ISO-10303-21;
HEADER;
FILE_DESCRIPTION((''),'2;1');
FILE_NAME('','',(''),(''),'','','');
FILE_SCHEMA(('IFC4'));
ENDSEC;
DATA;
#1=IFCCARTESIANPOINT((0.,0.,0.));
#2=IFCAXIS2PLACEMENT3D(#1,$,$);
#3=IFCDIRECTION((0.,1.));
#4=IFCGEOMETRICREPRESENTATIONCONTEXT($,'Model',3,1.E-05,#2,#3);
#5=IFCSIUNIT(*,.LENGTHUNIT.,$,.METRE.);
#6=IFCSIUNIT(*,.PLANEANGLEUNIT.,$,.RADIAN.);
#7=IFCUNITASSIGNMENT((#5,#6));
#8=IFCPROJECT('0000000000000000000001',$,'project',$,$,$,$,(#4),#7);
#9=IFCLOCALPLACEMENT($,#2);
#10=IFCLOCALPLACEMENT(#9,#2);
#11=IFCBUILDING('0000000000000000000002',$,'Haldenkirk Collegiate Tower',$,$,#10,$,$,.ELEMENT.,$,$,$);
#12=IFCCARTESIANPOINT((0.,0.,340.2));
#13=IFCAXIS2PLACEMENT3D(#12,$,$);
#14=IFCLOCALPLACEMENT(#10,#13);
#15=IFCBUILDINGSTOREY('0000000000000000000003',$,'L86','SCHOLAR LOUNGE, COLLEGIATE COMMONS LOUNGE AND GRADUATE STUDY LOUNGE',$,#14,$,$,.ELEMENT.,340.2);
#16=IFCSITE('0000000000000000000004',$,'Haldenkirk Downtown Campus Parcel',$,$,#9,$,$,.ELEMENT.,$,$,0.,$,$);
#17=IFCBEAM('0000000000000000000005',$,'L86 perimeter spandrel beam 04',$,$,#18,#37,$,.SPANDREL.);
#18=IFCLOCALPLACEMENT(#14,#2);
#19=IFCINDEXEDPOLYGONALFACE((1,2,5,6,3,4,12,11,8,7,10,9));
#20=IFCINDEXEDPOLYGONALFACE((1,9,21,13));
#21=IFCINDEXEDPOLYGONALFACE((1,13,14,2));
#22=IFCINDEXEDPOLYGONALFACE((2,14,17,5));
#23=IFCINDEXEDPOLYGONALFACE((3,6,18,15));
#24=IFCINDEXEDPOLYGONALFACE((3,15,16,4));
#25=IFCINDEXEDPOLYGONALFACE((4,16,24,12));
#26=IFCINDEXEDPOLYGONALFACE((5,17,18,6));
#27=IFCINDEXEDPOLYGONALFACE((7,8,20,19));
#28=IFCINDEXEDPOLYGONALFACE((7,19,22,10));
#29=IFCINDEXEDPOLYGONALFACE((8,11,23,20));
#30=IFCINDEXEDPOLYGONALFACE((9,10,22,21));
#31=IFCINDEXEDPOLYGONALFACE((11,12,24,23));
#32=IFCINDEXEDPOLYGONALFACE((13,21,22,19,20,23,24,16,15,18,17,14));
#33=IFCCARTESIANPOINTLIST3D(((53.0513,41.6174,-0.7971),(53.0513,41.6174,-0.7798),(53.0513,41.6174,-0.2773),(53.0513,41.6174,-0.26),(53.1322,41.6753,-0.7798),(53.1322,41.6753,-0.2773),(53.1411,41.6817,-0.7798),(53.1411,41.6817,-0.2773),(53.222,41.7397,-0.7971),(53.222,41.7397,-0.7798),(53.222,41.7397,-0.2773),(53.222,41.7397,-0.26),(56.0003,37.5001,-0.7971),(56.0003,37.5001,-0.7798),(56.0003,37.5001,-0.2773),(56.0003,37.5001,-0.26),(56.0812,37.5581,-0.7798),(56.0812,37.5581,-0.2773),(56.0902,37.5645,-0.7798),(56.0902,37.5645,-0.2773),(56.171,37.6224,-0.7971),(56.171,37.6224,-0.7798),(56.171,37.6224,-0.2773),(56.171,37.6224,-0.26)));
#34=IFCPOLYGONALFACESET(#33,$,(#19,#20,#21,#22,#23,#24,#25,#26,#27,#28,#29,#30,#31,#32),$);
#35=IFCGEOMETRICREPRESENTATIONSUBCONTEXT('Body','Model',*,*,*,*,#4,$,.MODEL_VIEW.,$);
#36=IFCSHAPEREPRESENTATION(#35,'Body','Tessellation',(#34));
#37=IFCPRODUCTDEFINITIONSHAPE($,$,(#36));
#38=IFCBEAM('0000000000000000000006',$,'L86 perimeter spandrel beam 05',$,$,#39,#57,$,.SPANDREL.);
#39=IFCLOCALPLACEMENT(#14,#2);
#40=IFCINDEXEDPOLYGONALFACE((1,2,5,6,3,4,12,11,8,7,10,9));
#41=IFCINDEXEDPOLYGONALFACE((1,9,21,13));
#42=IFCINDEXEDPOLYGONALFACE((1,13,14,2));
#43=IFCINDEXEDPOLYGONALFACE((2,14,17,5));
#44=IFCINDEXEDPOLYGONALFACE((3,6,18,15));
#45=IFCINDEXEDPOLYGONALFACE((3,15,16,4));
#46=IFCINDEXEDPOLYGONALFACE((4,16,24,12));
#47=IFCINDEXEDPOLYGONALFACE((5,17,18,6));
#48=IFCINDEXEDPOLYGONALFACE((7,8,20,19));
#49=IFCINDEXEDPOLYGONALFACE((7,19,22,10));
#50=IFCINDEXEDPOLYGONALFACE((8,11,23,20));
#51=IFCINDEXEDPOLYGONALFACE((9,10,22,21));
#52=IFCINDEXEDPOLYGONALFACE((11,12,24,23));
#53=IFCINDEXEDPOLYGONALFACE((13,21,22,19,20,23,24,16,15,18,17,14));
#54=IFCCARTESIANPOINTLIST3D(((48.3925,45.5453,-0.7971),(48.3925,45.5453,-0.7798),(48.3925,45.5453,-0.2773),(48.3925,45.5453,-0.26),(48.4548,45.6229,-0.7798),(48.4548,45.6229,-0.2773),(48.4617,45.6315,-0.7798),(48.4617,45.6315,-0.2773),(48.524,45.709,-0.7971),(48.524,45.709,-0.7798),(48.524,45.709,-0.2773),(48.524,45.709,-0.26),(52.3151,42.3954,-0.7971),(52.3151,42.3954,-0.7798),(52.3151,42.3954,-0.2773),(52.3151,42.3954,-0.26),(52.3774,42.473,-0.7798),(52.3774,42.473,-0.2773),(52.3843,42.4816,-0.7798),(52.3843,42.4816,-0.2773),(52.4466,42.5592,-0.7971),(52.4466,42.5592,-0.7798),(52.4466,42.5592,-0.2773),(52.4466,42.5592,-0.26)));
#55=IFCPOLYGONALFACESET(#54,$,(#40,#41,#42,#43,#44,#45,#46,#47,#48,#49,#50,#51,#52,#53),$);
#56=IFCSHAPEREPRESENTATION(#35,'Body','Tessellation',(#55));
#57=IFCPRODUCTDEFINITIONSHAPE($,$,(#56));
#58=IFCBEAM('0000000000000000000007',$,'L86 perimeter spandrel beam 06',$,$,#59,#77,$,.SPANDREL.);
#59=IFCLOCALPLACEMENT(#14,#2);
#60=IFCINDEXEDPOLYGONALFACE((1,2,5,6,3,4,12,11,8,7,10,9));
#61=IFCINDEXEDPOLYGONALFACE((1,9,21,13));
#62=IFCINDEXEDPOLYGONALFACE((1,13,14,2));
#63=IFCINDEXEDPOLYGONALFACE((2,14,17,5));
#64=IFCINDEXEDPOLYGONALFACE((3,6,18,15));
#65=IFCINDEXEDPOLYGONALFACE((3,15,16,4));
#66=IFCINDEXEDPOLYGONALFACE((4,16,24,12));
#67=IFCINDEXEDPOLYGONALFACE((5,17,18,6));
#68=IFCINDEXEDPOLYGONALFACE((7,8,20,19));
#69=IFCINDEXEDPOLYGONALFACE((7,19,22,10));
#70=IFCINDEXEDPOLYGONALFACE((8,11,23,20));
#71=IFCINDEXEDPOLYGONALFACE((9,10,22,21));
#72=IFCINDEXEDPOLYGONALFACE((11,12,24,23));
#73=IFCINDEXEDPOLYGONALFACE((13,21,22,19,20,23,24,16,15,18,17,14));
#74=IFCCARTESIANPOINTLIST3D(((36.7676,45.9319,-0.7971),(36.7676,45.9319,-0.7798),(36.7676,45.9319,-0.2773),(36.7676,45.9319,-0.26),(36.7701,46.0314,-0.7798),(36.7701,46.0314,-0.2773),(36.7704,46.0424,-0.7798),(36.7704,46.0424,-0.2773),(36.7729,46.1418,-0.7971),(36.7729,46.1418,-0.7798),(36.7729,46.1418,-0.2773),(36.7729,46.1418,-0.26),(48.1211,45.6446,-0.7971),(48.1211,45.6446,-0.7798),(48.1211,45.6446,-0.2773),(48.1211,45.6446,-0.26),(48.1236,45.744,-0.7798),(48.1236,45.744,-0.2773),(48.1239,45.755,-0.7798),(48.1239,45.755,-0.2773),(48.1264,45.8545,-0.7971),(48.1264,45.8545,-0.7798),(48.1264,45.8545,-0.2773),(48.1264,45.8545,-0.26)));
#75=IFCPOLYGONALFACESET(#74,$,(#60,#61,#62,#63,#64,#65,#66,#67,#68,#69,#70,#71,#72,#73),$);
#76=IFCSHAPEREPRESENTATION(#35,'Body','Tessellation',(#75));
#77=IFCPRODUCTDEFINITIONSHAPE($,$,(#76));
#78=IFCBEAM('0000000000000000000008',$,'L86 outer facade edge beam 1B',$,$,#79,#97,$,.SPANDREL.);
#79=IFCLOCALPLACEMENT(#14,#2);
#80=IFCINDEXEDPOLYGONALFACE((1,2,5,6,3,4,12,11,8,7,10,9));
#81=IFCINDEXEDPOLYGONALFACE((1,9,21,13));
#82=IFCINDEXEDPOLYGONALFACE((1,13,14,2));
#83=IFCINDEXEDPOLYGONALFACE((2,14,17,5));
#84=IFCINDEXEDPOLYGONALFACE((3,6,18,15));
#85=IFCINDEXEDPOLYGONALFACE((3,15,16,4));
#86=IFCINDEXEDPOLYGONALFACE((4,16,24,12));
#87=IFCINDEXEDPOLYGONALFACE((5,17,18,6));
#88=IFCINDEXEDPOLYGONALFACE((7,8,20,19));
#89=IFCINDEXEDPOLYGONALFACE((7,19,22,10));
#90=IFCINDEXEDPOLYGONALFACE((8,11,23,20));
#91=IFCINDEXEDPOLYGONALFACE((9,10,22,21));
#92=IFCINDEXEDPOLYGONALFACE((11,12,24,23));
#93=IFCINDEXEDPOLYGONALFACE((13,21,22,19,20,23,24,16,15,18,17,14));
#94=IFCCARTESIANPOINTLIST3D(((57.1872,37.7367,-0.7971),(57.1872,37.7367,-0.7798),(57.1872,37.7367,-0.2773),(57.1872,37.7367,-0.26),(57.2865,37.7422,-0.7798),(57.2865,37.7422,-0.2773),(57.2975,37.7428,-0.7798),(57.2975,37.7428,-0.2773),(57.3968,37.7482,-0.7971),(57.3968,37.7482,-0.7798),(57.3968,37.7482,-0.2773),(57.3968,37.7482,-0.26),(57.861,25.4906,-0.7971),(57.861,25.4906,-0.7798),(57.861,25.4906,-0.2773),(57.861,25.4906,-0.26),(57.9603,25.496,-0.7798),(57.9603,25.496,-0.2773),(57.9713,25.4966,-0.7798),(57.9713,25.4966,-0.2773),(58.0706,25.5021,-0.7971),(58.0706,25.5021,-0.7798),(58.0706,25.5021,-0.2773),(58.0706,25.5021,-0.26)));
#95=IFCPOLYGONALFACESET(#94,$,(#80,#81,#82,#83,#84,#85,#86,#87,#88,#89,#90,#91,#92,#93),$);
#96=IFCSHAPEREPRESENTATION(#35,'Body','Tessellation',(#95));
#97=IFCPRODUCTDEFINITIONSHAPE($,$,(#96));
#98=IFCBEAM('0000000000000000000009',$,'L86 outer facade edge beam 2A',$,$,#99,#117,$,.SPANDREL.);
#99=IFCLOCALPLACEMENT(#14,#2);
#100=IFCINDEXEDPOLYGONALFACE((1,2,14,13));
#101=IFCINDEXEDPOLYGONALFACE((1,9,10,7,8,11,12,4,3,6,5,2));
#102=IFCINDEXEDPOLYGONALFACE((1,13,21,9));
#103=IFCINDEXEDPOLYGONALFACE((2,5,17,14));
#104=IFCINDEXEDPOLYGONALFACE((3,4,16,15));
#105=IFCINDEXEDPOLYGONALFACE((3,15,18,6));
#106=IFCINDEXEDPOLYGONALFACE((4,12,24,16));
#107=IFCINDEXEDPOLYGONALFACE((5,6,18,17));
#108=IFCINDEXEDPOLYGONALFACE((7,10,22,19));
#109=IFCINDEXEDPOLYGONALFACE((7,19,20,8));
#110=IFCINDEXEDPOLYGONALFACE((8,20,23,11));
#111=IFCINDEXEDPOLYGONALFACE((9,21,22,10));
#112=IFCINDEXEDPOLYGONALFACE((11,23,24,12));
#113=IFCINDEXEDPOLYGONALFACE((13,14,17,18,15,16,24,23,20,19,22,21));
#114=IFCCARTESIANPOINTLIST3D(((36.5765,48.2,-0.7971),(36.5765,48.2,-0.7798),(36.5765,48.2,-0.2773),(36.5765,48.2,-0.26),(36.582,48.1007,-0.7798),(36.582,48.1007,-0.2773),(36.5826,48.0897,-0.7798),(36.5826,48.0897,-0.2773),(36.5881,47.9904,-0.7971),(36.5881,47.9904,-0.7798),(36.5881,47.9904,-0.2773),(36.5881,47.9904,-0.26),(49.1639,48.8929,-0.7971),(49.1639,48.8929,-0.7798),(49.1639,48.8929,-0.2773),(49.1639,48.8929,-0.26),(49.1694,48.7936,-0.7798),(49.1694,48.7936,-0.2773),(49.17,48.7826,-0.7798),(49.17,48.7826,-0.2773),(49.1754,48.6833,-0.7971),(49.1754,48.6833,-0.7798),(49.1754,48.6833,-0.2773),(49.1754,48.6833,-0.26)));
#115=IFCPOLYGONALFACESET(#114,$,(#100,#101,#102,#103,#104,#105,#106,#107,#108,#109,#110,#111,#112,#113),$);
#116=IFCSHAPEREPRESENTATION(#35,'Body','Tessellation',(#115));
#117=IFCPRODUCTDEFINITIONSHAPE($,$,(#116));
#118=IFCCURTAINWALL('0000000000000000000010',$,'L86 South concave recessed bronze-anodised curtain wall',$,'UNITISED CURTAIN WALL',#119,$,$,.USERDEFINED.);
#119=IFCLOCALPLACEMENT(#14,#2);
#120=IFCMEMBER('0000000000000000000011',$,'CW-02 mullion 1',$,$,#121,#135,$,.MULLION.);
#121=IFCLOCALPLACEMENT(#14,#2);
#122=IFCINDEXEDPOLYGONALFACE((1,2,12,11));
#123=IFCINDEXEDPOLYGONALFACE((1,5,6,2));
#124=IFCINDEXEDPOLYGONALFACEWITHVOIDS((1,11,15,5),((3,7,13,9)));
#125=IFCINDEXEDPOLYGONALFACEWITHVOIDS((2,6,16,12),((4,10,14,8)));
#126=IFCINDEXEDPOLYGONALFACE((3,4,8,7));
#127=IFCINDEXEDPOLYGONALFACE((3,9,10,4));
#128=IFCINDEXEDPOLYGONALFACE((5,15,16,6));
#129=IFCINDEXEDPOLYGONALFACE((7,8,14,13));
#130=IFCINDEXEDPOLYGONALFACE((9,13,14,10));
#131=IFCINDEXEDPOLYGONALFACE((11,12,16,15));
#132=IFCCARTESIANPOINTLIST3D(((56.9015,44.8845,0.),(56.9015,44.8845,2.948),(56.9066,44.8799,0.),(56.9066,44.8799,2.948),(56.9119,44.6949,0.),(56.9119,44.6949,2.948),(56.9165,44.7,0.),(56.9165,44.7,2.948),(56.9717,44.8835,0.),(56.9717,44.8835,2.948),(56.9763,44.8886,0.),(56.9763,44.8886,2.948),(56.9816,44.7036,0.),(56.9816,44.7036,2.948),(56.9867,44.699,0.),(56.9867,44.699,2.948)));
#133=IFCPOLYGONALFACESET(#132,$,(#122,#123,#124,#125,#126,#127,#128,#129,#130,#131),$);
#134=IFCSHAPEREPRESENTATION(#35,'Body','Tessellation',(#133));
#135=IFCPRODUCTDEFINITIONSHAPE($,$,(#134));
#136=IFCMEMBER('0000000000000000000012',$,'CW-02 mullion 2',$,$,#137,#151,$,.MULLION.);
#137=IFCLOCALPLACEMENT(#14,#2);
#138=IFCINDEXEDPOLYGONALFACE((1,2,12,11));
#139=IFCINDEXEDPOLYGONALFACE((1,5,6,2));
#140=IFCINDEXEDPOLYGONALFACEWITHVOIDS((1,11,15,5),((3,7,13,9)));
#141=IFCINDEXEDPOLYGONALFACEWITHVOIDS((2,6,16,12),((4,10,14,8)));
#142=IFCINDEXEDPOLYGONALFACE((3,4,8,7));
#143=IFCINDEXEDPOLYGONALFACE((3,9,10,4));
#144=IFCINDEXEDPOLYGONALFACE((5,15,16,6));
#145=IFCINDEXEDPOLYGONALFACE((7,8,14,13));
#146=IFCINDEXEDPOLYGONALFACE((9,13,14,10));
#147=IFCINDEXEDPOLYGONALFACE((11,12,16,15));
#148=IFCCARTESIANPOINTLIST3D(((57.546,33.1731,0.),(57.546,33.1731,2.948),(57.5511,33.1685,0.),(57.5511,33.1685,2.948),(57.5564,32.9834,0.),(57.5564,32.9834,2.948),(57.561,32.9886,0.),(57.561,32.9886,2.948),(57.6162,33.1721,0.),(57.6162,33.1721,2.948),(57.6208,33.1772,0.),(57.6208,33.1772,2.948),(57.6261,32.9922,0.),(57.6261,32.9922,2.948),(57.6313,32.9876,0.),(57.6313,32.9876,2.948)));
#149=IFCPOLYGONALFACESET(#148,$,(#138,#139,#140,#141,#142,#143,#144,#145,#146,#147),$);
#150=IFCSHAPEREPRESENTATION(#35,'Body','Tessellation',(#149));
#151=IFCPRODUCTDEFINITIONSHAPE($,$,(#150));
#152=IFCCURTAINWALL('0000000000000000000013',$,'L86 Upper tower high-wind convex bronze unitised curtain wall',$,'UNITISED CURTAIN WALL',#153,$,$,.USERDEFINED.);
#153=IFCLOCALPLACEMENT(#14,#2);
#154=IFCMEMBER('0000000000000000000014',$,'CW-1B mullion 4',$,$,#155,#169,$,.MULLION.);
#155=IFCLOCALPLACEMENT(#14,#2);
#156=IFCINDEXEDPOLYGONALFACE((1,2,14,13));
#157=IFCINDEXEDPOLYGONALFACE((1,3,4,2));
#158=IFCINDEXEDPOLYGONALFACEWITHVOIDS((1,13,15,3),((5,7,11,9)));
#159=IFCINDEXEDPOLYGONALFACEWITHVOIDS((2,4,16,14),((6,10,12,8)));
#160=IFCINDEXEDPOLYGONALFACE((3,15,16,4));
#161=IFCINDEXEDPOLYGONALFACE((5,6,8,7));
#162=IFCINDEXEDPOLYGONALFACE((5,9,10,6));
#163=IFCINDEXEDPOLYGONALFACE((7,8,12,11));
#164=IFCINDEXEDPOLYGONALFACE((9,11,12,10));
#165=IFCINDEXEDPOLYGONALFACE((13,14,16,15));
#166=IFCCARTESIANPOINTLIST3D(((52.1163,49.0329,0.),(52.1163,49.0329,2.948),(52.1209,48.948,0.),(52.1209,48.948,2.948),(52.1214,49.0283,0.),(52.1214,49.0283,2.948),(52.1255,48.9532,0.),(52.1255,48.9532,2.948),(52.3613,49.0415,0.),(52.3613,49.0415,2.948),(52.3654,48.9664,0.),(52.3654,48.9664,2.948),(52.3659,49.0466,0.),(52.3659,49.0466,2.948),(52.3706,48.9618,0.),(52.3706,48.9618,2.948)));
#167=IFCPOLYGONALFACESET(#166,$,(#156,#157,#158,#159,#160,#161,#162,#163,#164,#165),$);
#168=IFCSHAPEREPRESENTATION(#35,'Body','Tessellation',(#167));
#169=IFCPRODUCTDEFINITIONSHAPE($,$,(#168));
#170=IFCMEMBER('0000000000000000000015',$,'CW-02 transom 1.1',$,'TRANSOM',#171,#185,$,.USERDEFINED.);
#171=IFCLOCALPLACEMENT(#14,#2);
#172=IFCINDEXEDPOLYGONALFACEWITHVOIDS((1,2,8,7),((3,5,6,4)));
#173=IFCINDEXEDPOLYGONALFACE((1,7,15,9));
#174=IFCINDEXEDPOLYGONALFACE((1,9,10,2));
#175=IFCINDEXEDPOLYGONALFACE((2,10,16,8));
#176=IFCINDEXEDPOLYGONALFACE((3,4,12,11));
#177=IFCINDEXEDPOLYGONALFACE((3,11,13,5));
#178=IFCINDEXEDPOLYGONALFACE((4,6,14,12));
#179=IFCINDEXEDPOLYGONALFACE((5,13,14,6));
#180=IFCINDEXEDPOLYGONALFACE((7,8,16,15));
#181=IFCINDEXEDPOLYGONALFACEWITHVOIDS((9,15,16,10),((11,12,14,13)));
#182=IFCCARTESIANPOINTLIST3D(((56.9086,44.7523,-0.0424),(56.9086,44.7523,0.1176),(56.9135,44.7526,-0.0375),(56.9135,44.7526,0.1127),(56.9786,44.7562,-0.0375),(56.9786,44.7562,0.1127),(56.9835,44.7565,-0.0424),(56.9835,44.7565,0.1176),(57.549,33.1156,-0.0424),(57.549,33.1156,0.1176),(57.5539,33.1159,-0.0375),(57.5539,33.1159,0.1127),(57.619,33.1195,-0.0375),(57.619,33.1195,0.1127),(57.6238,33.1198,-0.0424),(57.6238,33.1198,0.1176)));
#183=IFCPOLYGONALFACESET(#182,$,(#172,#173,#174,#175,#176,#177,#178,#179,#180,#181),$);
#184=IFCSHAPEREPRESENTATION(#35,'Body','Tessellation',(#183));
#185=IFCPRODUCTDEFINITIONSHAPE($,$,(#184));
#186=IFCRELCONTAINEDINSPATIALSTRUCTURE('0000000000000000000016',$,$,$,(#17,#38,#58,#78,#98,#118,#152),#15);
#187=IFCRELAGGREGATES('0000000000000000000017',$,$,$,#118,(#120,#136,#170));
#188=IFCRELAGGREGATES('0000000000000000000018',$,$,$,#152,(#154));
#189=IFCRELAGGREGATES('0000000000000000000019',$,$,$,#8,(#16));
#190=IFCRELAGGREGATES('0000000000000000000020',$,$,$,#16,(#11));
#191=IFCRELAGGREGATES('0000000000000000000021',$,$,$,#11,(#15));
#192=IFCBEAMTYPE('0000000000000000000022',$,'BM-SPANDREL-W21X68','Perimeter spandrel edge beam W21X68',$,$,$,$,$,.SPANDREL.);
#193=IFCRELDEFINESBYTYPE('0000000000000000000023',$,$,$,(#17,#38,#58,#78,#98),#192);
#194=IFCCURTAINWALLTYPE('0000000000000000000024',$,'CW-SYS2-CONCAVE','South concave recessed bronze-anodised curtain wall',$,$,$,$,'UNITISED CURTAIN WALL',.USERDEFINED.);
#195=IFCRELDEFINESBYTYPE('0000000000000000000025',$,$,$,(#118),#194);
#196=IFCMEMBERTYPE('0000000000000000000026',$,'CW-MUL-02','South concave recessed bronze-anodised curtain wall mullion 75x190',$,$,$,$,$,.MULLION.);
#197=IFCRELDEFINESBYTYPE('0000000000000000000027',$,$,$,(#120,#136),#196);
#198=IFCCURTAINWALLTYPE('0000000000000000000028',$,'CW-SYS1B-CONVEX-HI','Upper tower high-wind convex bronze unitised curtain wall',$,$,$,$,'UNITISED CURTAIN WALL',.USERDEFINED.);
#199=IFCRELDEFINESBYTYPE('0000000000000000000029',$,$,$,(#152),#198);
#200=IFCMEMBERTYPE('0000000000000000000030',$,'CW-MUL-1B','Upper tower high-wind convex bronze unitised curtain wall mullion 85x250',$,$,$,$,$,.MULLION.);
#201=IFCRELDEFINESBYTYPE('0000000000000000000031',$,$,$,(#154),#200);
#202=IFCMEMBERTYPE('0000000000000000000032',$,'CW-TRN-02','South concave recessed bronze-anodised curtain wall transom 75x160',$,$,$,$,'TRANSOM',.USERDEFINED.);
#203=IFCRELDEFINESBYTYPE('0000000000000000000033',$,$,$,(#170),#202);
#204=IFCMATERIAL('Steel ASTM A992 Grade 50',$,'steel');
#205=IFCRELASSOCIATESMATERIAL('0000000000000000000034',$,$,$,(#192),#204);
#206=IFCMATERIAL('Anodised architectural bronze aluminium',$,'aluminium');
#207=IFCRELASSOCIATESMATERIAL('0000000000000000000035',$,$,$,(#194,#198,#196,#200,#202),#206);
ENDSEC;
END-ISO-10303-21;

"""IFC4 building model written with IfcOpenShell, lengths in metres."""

from ifc_helpers import new_model, si_unit, direction, frame, origin, origin_2d, place, context, subcontext, project, spatial, hollow_rectangle, i_section, extrude, material, material_profile, profile_set, type_object, element, aggregate, save


model = new_model("IFC4")

# Units and contexts
model_context = context("Model", 3, precision=1e-05, world=origin(), true_north=direction((0.0, 1.0)))
body_context = subcontext(model_context, "Body", "Model", "MODEL_VIEW")
ifc_project = project(units=[si_unit("LENGTHUNIT", "METRE"), si_unit("PLANEANGLEUNIT", "RADIAN")], contexts=[model_context])

# Site, building, storey
site_placement = place(None, origin())
site = spatial("IfcSite", under=ifc_project, at=site_placement, Name="Haldenkirk Downtown Campus Parcel", CompositionType="ELEMENT", RefElevation=0.0)
building_placement = place(site_placement, origin())
building = spatial("IfcBuilding", under=site, at=building_placement, Name="Haldenkirk Collegiate Tower", CompositionType="ELEMENT")
storey_placement = place(building_placement, frame((0.0, 0.0, 340.2)))
storey = spatial("IfcBuildingStorey", under=building, at=storey_placement, Name="L86", Description="SCHOLAR LOUNGE, COLLEGIATE COMMONS LOUNGE AND GRADUATE STUDY LOUNGE", CompositionType="ELEMENT", Elevation=340.2)

# Beams
ifc_material_1 = material(Name="Steel ASTM A992 Grade 50", Category="steel")
ifc_material_profile_1 = material_profile(ifc_material_1, i_section(OverallWidth=0.21, OverallDepth=0.5371, WebThickness=0.011, FlangeThickness=0.0173, at=origin_2d()), Name="W21X68")
ifc_profile_set_1 = profile_set([ifc_material_profile_1], Name="Steel ASTM A992 Grade 50")
beam_type_1 = type_object("IfcBeamType", Name="BM-SPANDREL-W21X68", Description="Perimeter spandrel edge beam W21X68", PredefinedType="SPANDREL", material=ifc_profile_set_1)
beam_1_placement = place(storey_placement, frame((56.0857, 37.5613, -0.5286), z_axis=(-0.5823, 0.812974, 0.0), x_axis=(-0.812974, -0.5823, 0.0)))
element("IfcBeam", 1, at=beam_1_placement, inside=storey, type_object=beam_type_1, Name="L86 perimeter spandrel beam 04", PredefinedType="SPANDREL", context=body_context, shape_type="SweptSolid", body=[
    extrude(i_section(OverallWidth=0.21, OverallDepth=0.5371, WebThickness=0.011, FlangeThickness=0.0173, at=origin_2d()), origin(), (0.0, 0.0, 1.0), 5.0645),
])
beam_2_placement = place(storey_placement, frame((52.3809, 42.4773, -0.5286), z_axis=(-0.779722, 0.626126, 0.0), x_axis=(-0.626126, -0.779722, 0.0)))
element("IfcBeam", 2, at=beam_2_placement, inside=storey, type_object=beam_type_1, Name="L86 perimeter spandrel beam 05", PredefinedType="SPANDREL", context=body_context, shape_type="SweptSolid", body=[
    extrude(i_section(OverallWidth=0.21, OverallDepth=0.5371, WebThickness=0.011, FlangeThickness=0.0173, at=origin_2d()), origin(), (0.0, 0.0, 1.0), 5.0308),
])
beam_3_placement = place(storey_placement, frame((48.1238, 45.7495, -0.5286), z_axis=(-0.99968, 0.025302, 0.0), x_axis=(-0.025302, -0.99968, 0.0)))
element("IfcBeam", 3, at=beam_3_placement, inside=storey, type_object=beam_type_1, Name="L86 perimeter spandrel beam 06", PredefinedType="SPANDREL", context=body_context, shape_type="SweptSolid", body=[
    extrude(i_section(OverallWidth=0.21, OverallDepth=0.5371, WebThickness=0.011, FlangeThickness=0.0173, at=origin_2d()), origin(), (0.0, 0.0, 1.0), 11.3572),
])
beam_4_placement = place(storey_placement, frame((57.9658, 25.4963, -0.5286), z_axis=(-0.054941, 0.99849, 0.0), x_axis=(-0.99849, -0.054941, 0.0)))
element("IfcBeam", 4, at=beam_4_placement, inside=storey, type_object=beam_type_1, Name="L86 outer facade edge beam 1B", PredefinedType="SPANDREL", context=body_context, shape_type="SweptSolid", body=[
    extrude(i_section(OverallWidth=0.21, OverallDepth=0.5371, WebThickness=0.011, FlangeThickness=0.0173, at=origin_2d()), origin(), (0.0, 0.0, 1.0), 12.2646),
])
beam_5_placement = place(storey_placement, frame((49.1697, 48.7881, -0.5286), z_axis=(-0.998488, -0.054962, 0.0), x_axis=(0.054962, -0.998488, 0.0)))
element("IfcBeam", 5, at=beam_5_placement, inside=storey, type_object=beam_type_1, Name="L86 outer facade edge beam 2A", PredefinedType="SPANDREL", context=body_context, shape_type="SweptSolid", body=[
    extrude(i_section(OverallWidth=0.21, OverallDepth=0.5371, WebThickness=0.011, FlangeThickness=0.0173, at=origin_2d()), origin(), (0.0, 0.0, 1.0), 12.6064),
])

# Curtain wall, members
ifc_material_2 = material(Name="Anodised architectural bronze aluminium", Category="aluminium")
curtain_wall_type_1 = type_object("IfcCurtainWallType", Name="CW-SYS2-CONCAVE", Description="South concave recessed bronze-anodised curtain wall", ElementType="UNITISED CURTAIN WALL", PredefinedType="USERDEFINED", material=ifc_material_2)
curtain_wall_1_placement = place(storey_placement, origin())
curtain_wall_1 = element("IfcCurtainWall", 6, at=curtain_wall_1_placement, inside=storey, type_object=curtain_wall_type_1, Name="L86 South concave recessed bronze-anodised curtain wall", ObjectType="UNITISED CURTAIN WALL", PredefinedType="USERDEFINED")
ifc_material_profile_2 = material_profile(ifc_material_2, hollow_rectangle(XDim=0.075, YDim=0.1899, WallThickness=0.0049, at=origin_2d()), Name="CW-MUL-02")
ifc_profile_set_2 = profile_set([ifc_material_profile_2], Name="Anodised architectural bronze aluminium")
member_type_1 = type_object("IfcMemberType", Name="CW-MUL-02", Description="South concave recessed bronze-anodised curtain wall mullion 75x190", PredefinedType="MULLION", material=ifc_profile_set_2)
member_1_placement = place(storey_placement, frame((56.9441, 44.7917, 0.0), z_axis=(0.0, 0.0, 1.0), x_axis=(0.998489, 0.054949, 0.0)))
member_1 = element("IfcMember", 7, at=member_1_placement, type_object=member_type_1, Name="CW-02 mullion 1", PredefinedType="MULLION", context=body_context, shape_type="SweptSolid", body=[
    extrude(hollow_rectangle(XDim=0.075, YDim=0.1899, WallThickness=0.0049, at=origin_2d()), origin(), (0.0, 0.0, 1.0), 2.948),
])
member_2_placement = place(storey_placement, frame((57.5886, 33.0803, 0.0), z_axis=(0.0, 0.0, 1.0), x_axis=(0.998489, 0.054949, 0.0)))
member_2 = element("IfcMember", 8, at=member_2_placement, type_object=member_type_1, Name="CW-02 mullion 2", PredefinedType="MULLION", context=body_context, shape_type="SweptSolid", body=[
    extrude(hollow_rectangle(XDim=0.075, YDim=0.1899, WallThickness=0.0049, at=origin_2d()), origin(), (0.0, 0.0, 1.0), 2.948),
])

# Curtain wall, member
curtain_wall_type_2 = type_object("IfcCurtainWallType", Name="CW-SYS1B-CONVEX-HI", Description="Upper tower high-wind convex bronze unitised curtain wall", ElementType="UNITISED CURTAIN WALL", PredefinedType="USERDEFINED", material=ifc_material_2)
curtain_wall_2_placement = place(storey_placement, origin())
curtain_wall_2 = element("IfcCurtainWall", 9, at=curtain_wall_2_placement, inside=storey, type_object=curtain_wall_type_2, Name="L86 Upper tower high-wind convex bronze unitised curtain wall", ObjectType="UNITISED CURTAIN WALL", PredefinedType="USERDEFINED")
ifc_material_profile_3 = material_profile(ifc_material_2, hollow_rectangle(XDim=0.085, YDim=0.25, WallThickness=0.0049, at=origin_2d()), Name="CW-MUL-1B")
ifc_profile_set_3 = profile_set([ifc_material_profile_3], Name="Anodised architectural bronze aluminium")
member_type_2 = type_object("IfcMemberType", Name="CW-MUL-1B", Description="Upper tower high-wind convex bronze unitised curtain wall mullion 85x250", PredefinedType="MULLION", material=ifc_profile_set_3)
member_3_placement = place(storey_placement, frame((52.2434, 48.9973, 0.0), z_axis=(0.0, 0.0, 1.0), x_axis=(-0.054948, 0.998489, 0.0)))
member_3 = element("IfcMember", 10, at=member_3_placement, type_object=member_type_2, Name="CW-1B mullion 4", PredefinedType="MULLION", context=body_context, shape_type="SweptSolid", body=[
    extrude(hollow_rectangle(XDim=0.085, YDim=0.25, WallThickness=0.0049, at=origin_2d()), origin(), (0.0, 0.0, 1.0), 2.948),
])

# Member
ifc_material_profile_4 = material_profile(ifc_material_2, hollow_rectangle(XDim=0.075, YDim=0.1599, WallThickness=0.0049, at=origin_2d()), Name="CW-TRN-02")
ifc_profile_set_4 = profile_set([ifc_material_profile_4], Name="Anodised architectural bronze aluminium")
member_type_3 = type_object("IfcMemberType", Name="CW-TRN-02", Description="South concave recessed bronze-anodised curtain wall transom 75x160", ElementType="TRANSOM", PredefinedType="USERDEFINED", material=ifc_profile_set_4)
member_4_placement = place(storey_placement, frame((56.946, 44.7544, 0.0376), z_axis=(0.054948, -0.998489, 0.0), x_axis=(0.998489, 0.054948, 0.0)))
member_4 = element("IfcMember", 11, at=member_4_placement, type_object=member_type_3, Name="CW-02 transom 1.1", ObjectType="TRANSOM", PredefinedType="USERDEFINED", context=body_context, shape_type="SweptSolid", body=[
    extrude(hollow_rectangle(XDim=0.075, YDim=0.1599, WallThickness=0.0049, at=origin_2d()), origin(), (0.0, 0.0, 1.0), 11.6543),
])

aggregate(curtain_wall_1, [member_1, member_2, member_4])
aggregate(curtain_wall_2, [member_3])

save(model, "model.ifc")
